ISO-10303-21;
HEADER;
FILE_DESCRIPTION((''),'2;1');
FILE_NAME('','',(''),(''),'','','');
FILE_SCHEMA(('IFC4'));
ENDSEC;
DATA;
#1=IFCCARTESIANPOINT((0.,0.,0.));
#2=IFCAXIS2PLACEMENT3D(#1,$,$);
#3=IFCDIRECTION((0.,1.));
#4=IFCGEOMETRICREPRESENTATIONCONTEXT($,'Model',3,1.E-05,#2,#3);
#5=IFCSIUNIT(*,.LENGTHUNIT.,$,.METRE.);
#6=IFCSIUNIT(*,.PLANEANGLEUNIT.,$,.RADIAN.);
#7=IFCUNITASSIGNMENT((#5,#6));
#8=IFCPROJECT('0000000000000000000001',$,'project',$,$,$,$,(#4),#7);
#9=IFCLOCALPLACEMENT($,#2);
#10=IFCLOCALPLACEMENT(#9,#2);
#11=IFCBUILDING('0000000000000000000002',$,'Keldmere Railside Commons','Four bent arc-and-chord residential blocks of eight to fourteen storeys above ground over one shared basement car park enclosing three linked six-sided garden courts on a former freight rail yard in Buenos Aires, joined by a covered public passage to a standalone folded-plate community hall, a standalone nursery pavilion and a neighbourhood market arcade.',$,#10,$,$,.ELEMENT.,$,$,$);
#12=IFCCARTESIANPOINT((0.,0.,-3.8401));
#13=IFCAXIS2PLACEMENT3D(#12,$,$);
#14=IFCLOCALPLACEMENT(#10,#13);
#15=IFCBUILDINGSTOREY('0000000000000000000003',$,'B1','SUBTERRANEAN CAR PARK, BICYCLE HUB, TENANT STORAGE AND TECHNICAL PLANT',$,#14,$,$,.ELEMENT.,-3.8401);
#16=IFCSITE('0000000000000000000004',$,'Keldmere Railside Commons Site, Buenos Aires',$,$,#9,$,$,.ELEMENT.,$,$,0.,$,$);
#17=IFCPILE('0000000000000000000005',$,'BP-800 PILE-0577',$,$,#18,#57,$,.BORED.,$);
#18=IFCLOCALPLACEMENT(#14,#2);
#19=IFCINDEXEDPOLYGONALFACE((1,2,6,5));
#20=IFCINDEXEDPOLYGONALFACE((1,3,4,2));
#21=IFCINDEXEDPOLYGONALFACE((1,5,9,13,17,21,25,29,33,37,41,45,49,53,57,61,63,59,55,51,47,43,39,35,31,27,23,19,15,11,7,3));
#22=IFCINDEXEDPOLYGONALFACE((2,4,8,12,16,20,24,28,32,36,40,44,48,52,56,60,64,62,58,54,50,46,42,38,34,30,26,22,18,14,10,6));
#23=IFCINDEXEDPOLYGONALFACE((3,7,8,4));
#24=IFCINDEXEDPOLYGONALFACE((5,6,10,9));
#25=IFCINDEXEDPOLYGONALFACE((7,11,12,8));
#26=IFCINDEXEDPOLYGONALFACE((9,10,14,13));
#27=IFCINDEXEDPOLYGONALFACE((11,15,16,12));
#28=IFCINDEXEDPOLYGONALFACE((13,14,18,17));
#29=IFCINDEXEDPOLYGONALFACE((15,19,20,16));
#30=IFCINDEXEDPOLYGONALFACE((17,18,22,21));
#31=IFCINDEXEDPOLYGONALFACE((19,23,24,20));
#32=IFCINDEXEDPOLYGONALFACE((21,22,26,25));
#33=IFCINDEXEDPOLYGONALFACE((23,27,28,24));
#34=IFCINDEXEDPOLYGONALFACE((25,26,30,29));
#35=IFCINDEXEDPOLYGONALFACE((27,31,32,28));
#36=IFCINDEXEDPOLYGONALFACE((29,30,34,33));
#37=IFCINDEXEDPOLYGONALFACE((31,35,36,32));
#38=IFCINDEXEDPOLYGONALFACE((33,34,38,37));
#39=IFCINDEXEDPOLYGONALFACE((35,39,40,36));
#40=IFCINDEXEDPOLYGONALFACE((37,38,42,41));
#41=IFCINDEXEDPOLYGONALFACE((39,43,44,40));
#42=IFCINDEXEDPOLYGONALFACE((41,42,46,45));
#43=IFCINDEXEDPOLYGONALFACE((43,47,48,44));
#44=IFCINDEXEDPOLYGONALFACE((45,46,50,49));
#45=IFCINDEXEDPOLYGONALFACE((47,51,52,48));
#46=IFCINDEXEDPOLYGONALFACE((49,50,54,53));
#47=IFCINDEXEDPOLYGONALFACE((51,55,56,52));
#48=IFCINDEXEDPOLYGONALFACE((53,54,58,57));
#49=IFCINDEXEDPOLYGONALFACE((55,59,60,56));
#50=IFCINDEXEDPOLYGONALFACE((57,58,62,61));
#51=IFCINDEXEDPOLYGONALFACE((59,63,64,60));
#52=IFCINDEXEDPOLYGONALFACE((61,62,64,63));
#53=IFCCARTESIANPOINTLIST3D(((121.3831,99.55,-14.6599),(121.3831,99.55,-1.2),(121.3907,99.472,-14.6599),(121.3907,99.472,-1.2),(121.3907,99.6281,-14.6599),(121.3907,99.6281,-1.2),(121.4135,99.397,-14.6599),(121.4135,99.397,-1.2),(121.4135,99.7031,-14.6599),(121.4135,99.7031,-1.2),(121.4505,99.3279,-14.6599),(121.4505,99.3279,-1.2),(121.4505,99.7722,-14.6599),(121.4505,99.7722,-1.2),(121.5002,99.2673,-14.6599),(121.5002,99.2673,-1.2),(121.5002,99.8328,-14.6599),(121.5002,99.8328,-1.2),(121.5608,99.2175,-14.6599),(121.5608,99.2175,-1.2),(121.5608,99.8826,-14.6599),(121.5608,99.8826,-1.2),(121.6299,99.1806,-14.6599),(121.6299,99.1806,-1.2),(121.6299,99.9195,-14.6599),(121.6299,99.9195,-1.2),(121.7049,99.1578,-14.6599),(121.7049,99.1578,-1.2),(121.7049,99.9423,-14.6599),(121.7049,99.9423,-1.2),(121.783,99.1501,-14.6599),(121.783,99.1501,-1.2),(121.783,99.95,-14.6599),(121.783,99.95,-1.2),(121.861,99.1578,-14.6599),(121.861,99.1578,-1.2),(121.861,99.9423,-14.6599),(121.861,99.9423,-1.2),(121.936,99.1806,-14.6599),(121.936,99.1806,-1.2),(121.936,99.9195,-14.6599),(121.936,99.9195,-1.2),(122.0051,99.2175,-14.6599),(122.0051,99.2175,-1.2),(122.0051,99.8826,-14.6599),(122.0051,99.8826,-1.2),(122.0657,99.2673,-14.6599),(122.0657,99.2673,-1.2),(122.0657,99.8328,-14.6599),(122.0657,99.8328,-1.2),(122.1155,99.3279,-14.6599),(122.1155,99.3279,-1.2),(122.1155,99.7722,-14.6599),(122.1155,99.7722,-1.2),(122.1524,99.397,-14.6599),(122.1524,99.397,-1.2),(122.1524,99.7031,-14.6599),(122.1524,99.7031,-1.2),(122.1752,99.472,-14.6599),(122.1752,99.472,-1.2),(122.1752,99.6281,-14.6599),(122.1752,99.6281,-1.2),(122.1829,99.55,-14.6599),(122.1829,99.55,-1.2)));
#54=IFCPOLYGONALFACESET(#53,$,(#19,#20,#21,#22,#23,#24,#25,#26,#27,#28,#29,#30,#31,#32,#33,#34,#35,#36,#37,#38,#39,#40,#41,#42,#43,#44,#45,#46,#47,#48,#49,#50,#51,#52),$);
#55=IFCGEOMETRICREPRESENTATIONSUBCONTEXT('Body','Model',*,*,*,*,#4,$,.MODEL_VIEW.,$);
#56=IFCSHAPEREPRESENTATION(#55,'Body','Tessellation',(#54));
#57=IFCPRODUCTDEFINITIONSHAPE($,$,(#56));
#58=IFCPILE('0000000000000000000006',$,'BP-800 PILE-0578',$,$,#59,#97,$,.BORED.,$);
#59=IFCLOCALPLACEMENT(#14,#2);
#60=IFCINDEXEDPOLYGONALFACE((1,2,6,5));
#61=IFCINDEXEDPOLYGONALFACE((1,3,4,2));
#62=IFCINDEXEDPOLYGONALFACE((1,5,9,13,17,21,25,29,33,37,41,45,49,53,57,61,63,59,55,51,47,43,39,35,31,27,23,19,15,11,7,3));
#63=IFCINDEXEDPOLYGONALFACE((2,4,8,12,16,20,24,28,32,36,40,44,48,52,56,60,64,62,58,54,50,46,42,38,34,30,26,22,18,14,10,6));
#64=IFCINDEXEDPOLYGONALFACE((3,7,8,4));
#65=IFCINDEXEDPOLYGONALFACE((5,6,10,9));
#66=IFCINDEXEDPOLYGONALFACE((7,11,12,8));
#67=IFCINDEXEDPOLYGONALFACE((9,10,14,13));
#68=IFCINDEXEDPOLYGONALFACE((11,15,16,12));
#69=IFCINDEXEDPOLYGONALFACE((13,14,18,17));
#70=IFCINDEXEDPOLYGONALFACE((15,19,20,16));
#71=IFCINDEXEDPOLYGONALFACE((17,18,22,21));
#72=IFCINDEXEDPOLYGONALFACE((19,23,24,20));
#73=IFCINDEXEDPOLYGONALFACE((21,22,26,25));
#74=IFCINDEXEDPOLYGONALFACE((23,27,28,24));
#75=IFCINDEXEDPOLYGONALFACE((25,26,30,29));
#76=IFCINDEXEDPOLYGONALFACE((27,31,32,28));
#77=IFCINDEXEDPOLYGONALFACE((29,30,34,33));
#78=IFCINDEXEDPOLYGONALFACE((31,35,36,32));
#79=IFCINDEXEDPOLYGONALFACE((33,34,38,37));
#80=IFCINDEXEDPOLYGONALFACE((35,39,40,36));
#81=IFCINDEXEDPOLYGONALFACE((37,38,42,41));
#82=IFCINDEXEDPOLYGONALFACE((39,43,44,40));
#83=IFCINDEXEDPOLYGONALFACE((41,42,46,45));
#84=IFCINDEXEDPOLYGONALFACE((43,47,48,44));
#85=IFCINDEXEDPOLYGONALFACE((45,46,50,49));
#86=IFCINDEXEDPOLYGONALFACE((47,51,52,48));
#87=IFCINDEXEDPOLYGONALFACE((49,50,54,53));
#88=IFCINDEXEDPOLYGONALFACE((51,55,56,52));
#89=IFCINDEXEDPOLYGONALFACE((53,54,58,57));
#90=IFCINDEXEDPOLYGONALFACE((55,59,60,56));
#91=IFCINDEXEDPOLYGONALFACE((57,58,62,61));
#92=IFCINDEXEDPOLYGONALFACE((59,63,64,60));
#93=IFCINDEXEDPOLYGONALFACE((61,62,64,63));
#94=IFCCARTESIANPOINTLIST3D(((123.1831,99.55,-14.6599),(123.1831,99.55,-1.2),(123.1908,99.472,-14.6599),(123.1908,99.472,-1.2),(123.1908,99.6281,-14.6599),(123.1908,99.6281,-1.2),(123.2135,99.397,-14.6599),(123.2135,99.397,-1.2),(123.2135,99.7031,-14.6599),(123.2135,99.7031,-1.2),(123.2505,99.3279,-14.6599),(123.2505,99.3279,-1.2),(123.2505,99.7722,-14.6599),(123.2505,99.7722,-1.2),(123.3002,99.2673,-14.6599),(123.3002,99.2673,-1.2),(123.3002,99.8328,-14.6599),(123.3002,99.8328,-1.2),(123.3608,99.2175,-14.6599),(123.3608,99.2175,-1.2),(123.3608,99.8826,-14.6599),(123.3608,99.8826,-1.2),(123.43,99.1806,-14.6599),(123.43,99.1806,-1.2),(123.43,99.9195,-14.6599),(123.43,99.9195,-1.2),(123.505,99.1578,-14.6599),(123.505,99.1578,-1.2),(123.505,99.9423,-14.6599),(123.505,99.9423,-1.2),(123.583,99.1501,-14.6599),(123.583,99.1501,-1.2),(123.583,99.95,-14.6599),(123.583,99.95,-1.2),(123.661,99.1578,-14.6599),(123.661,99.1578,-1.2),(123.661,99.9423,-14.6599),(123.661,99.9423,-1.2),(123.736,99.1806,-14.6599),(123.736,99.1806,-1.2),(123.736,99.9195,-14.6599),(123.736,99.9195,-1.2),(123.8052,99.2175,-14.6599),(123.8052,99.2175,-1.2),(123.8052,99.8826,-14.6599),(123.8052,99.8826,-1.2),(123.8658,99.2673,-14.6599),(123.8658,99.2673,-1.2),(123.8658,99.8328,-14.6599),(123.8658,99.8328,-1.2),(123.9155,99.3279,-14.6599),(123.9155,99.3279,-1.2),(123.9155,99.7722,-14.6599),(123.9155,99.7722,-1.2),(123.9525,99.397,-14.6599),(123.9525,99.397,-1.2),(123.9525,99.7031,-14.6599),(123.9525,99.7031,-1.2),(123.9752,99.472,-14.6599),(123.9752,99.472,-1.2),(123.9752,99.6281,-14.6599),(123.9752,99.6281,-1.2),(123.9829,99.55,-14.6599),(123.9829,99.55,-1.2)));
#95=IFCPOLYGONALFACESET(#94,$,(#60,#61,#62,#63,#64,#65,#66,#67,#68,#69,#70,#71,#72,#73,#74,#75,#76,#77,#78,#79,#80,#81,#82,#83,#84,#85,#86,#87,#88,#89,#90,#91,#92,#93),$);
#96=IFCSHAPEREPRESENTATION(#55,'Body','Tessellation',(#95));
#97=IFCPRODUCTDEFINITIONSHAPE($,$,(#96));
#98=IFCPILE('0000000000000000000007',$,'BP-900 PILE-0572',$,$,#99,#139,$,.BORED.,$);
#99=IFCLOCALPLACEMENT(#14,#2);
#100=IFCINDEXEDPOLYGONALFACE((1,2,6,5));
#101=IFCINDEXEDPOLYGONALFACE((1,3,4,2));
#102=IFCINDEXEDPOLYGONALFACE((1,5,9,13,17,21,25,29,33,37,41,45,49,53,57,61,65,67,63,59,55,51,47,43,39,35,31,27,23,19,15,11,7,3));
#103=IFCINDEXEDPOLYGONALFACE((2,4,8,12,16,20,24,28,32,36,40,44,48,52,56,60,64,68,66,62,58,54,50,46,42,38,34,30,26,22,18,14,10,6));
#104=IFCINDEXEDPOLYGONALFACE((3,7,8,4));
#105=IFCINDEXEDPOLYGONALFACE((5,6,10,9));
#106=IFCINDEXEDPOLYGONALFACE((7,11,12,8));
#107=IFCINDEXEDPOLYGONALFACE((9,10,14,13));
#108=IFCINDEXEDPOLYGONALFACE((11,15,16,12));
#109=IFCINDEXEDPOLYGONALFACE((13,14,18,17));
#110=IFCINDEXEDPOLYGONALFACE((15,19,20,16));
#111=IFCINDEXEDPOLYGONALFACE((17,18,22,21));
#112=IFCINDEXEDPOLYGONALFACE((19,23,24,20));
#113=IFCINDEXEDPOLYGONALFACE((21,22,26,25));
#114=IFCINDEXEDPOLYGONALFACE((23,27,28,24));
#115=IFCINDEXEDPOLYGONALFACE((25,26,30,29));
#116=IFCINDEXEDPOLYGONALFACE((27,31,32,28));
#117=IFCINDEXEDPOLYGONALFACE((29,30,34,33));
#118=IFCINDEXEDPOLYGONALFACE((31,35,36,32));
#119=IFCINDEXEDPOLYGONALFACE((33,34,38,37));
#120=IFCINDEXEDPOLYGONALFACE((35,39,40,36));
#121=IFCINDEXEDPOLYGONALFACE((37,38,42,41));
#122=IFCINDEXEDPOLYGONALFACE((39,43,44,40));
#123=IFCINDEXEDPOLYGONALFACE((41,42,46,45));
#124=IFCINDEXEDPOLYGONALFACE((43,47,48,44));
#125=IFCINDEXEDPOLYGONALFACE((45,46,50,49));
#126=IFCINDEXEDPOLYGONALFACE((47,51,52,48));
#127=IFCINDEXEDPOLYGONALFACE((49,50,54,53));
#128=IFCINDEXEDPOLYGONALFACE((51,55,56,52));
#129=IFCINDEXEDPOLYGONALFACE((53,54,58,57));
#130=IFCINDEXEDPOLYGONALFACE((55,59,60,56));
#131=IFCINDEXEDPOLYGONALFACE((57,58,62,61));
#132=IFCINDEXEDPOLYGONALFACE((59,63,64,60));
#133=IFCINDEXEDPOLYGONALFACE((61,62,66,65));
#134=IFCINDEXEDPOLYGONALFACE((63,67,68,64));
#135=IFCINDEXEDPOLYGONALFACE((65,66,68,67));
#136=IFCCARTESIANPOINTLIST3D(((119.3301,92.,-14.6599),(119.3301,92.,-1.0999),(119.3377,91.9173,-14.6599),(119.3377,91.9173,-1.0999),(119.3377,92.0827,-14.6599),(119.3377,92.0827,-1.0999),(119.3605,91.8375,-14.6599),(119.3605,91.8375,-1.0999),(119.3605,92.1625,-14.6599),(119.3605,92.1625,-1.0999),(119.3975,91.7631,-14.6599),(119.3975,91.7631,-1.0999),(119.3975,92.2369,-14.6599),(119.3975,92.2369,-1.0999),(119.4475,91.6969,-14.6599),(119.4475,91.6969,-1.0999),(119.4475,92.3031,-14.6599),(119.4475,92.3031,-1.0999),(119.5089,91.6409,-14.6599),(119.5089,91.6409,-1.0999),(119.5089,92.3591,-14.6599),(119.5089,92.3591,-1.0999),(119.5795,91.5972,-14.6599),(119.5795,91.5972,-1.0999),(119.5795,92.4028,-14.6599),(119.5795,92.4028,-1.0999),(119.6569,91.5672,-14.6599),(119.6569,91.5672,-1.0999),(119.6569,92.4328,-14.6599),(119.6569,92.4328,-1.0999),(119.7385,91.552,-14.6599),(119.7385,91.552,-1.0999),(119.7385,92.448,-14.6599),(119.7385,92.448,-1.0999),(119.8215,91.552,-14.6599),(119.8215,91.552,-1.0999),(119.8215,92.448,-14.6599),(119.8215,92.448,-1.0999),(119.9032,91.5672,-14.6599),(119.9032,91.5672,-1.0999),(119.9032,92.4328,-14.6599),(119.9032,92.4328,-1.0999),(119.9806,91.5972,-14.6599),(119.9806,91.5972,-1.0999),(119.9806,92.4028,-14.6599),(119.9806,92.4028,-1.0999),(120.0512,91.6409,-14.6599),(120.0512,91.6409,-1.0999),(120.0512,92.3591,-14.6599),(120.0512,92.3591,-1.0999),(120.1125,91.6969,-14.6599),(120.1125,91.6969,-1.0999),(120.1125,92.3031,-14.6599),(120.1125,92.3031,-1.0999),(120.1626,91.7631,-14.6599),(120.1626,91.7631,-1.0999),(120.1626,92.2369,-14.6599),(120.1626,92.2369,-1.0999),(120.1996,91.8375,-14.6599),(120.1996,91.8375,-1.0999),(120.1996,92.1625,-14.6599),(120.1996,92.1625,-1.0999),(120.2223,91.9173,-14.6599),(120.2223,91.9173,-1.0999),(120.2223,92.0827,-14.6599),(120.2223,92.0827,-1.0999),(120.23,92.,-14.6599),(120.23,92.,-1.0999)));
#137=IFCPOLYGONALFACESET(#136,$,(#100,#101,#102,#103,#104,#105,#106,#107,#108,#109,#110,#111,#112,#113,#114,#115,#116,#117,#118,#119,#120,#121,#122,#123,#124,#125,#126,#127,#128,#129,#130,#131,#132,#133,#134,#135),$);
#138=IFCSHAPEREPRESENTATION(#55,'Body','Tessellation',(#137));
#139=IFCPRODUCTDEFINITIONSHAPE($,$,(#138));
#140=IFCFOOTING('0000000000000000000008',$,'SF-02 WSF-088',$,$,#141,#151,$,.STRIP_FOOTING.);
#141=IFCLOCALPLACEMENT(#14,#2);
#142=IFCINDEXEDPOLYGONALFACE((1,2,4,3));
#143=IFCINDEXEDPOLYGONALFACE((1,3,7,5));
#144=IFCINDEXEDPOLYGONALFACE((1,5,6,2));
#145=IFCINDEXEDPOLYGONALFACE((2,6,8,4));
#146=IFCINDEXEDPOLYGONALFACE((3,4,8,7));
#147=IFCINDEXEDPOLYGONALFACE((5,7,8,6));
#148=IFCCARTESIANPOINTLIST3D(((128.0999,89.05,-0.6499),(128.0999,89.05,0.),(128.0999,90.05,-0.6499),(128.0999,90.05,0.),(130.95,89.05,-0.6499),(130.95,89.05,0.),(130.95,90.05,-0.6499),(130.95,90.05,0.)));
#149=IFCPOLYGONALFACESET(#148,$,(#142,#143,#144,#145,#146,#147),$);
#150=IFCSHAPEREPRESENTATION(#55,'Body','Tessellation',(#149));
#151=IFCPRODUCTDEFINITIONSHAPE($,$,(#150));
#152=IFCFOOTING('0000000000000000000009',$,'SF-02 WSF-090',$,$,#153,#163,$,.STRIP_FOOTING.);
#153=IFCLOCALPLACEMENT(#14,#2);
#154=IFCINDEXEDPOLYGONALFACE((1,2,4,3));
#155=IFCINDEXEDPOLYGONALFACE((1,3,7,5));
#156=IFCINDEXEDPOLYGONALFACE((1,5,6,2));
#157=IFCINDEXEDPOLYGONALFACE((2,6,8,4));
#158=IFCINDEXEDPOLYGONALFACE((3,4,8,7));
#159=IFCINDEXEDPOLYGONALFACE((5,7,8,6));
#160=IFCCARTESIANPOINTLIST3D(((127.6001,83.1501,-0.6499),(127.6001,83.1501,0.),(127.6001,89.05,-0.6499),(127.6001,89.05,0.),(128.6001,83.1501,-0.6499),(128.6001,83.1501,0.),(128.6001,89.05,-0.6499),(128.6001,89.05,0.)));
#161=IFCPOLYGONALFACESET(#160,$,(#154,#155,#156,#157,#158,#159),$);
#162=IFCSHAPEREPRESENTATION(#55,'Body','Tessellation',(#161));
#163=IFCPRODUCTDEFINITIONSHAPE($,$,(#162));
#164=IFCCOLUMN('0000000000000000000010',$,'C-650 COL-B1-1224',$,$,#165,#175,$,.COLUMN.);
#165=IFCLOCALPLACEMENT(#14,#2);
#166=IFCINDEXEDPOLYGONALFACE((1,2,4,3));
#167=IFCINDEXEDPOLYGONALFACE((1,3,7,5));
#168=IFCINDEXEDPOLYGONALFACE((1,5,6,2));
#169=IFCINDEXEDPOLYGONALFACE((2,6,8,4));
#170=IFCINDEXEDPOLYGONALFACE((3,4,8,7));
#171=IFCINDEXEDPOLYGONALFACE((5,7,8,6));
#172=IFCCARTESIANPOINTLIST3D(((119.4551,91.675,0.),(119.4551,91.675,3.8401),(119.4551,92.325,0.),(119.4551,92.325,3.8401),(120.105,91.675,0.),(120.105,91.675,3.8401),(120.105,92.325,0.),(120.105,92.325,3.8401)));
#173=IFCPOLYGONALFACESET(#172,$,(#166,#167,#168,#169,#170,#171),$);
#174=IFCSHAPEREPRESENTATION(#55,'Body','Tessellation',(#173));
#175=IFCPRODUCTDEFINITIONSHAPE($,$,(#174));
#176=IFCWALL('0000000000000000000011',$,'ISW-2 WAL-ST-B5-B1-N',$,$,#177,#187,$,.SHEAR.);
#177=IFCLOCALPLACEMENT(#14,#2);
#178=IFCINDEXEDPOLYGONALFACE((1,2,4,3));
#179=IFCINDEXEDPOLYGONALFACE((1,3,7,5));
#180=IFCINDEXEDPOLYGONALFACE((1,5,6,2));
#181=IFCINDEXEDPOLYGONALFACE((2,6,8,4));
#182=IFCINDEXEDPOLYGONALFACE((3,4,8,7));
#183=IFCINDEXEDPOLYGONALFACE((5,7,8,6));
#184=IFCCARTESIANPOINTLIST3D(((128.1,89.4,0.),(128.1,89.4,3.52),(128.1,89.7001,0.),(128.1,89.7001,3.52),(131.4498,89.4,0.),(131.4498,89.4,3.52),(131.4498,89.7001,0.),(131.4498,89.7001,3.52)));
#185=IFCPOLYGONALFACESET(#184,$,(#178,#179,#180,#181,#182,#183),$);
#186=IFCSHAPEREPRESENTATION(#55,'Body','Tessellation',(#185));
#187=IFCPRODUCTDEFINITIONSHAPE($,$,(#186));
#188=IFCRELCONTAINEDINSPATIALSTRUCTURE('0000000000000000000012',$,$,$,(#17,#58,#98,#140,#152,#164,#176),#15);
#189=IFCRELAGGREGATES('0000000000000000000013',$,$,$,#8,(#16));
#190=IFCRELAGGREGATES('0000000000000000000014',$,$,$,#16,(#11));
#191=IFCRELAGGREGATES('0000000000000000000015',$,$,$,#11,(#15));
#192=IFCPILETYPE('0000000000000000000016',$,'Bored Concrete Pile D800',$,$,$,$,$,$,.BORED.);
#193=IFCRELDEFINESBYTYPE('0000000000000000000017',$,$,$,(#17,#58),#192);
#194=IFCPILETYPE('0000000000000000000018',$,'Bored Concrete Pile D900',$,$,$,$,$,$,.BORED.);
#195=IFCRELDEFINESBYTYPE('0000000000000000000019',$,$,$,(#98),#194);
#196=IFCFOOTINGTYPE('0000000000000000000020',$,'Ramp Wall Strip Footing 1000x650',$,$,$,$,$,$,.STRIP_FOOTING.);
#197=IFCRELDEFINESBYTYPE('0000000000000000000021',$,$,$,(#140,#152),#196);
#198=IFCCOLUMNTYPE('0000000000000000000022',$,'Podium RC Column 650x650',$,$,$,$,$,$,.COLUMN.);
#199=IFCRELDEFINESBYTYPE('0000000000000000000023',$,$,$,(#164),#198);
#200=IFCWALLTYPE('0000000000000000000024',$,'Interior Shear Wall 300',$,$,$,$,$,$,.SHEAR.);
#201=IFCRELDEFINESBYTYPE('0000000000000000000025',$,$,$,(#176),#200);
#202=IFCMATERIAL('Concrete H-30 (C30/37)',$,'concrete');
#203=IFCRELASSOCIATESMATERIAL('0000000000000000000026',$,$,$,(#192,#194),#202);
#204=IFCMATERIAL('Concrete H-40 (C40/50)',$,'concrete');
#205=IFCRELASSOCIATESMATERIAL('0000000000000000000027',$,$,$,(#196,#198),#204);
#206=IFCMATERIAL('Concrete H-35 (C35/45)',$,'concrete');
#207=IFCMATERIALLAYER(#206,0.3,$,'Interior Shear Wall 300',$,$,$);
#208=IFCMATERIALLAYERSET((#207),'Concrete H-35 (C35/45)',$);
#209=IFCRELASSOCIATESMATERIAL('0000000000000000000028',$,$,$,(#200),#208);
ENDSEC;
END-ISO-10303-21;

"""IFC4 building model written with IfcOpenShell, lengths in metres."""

from ifc_helpers import new_model, si_unit, direction, frame, frame_2d, origin, origin_2d, place, context, subcontext, project, spatial, rectangle, circle, extrude, material, layer, layer_set, material_profile, profile_set, type_object, element, save


model = new_model("IFC4")

# Units and contexts
model_context = context("Model", 3, precision=1e-05, world=origin(), true_north=direction((0.0, 1.0)))
body_context = subcontext(model_context, "Body", "Model", "MODEL_VIEW")
ifc_project = project(units=[si_unit("LENGTHUNIT", "METRE"), si_unit("PLANEANGLEUNIT", "RADIAN")], contexts=[model_context])

# Site, building, storey
site_placement = place(None, origin())
site = spatial("IfcSite", under=ifc_project, at=site_placement, Name="Keldmere Railside Commons Site, Buenos Aires", CompositionType="ELEMENT", RefElevation=0.0)
building_placement = place(site_placement, origin())
building = spatial("IfcBuilding", under=site, at=building_placement, Name="Keldmere Railside Commons", Description="Four bent arc-and-chord residential blocks of eight to fourteen storeys above ground over one shared basement car park enclosing three linked six-sided garden courts on a former freight rail yard in Buenos Aires, joined by a covered public passage to a standalone folded-plate community hall, a standalone nursery pavilion and a neighbourhood market arcade.", CompositionType="ELEMENT")
storey_placement = place(building_placement, frame((0.0, 0.0, -3.8401)))
storey = spatial("IfcBuildingStorey", under=building, at=storey_placement, Name="B1", Description="SUBTERRANEAN CAR PARK, BICYCLE HUB, TENANT STORAGE AND TECHNICAL PLANT", CompositionType="ELEMENT", Elevation=-3.8401)

# Piles
ifc_material_1 = material(Name="Concrete H-30 (C30/37)", Category="concrete")
ifc_material_profile_1 = material_profile(ifc_material_1, circle(Radius=0.3999, at=origin_2d()), Name="PILE-D800")
ifc_profile_set_1 = profile_set([ifc_material_profile_1], Name="Concrete H-30 (C30/37)")
pile_type_1 = type_object("IfcPileType", Name="Bored Concrete Pile D800", PredefinedType="BORED", material=ifc_profile_set_1)
for number, where, z_axis, x_axis, name in (
    (1, (121.783, 99.55, -1.2), (0.0, 0.0, -1.0), (1.0, 0.0, 0.0), "BP-800 PILE-0577"),
    (2, (123.583, 99.55, -1.2), (0.0, 0.0, -1.0), (1.0, 0.0, 0.0), "BP-800 PILE-0578"),
):
    element("IfcPile", number, at=place(storey_placement, frame(where, z_axis=z_axis, x_axis=x_axis)), inside=storey, type_object=pile_type_1, Name=name, PredefinedType="BORED", context=body_context, shape_type="SweptSolid", body=[
        extrude(circle(Radius=0.3999, at=origin_2d()), origin(), (0.0, 0.0, 1.0), 13.46),
    ])
ifc_material_profile_2 = material_profile(ifc_material_1, circle(Radius=0.45, at=origin_2d()), Name="PILE-D900")
ifc_profile_set_2 = profile_set([ifc_material_profile_2], Name="Concrete H-30 (C30/37)")
pile_type_2 = type_object("IfcPileType", Name="Bored Concrete Pile D900", PredefinedType="BORED", material=ifc_profile_set_2)
pile_placement = place(storey_placement, frame((119.78, 92.0, -1.0999), z_axis=(0.0, 0.0, -1.0), x_axis=(1.0, 0.0, 0.0)))
element("IfcPile", 3, at=pile_placement, inside=storey, type_object=pile_type_2, Name="BP-900 PILE-0572", PredefinedType="BORED", context=body_context, shape_type="SweptSolid", body=[
    extrude(circle(Radius=0.45, at=origin_2d()), origin(), (0.0, 0.0, 1.0), 13.5601),
])

# Footings
ifc_material_2 = material(Name="Concrete H-40 (C40/50)", Category="concrete")
footing_type = type_object("IfcFootingType", Name="Ramp Wall Strip Footing 1000x650", PredefinedType="STRIP_FOOTING", material=ifc_material_2)
footing_1_placement = place(storey_placement, frame((129.5249, 89.55, -0.6499), z_axis=(0.0, 0.0, 1.0), x_axis=(1.0, 0.0, 0.0)))
element("IfcFooting", 4, at=footing_1_placement, inside=storey, type_object=footing_type, Name="SF-02 WSF-088", PredefinedType="STRIP_FOOTING", context=body_context, shape_type="SweptSolid", body=[
    extrude(rectangle(XDim=2.8501, YDim=1.0, at=origin_2d()), origin(), (0.0, 0.0, 1.0), 0.6499),
])
footing_2_placement = place(storey_placement, frame((128.1001, 86.1001, -0.6499), z_axis=(0.0, 0.0, 1.0), x_axis=(0.0, 1.0, 0.0)))
element("IfcFooting", 5, at=footing_2_placement, inside=storey, type_object=footing_type, Name="SF-02 WSF-090", PredefinedType="STRIP_FOOTING", context=body_context, shape_type="SweptSolid", body=[
    extrude(rectangle(XDim=5.8999, YDim=1.0, at=origin_2d()), origin(), (0.0, 0.0, 1.0), 0.6499),
])

# Column
ifc_material_profile_3 = material_profile(ifc_material_2, rectangle(XDim=0.6499, YDim=0.6499, at=origin_2d()), Name="RC-650x650")
ifc_profile_set_3 = profile_set([ifc_material_profile_3], Name="Concrete H-40 (C40/50)")
column_type = type_object("IfcColumnType", Name="Podium RC Column 650x650", PredefinedType="COLUMN", material=ifc_profile_set_3)
column_placement = place(storey_placement, frame((119.78, 92.0, 0.0), z_axis=(0.0, 0.0, 1.0), x_axis=(1.0, 0.0, 0.0)))
element("IfcColumn", 6, at=column_placement, inside=storey, type_object=column_type, Name="C-650 COL-B1-1224", PredefinedType="COLUMN", context=body_context, shape_type="SweptSolid", body=[
    extrude(rectangle(XDim=0.6499, YDim=0.6499, at=origin_2d()), origin(), (0.0, 0.0, 1.0), 3.8401),
])

# Wall
ifc_material_3 = material(Name="Concrete H-35 (C35/45)", Category="concrete")
ifc_layer_1 = layer(ifc_material_3, 0.3, Name="Interior Shear Wall 300")
ifc_layer_set_1 = layer_set([ifc_layer_1], Name="Concrete H-35 (C35/45)")
wall_type_1 = type_object("IfcWallType", Name="Interior Shear Wall 300", PredefinedType="SHEAR", material=ifc_layer_set_1)
wall_1_placement = place(storey_placement, frame((128.1001, 89.55, 0.0), z_axis=(0.0, 0.0, 1.0), x_axis=(1.0, 0.0, 0.0)))
element("IfcWall", 7, at=wall_1_placement, inside=storey, type_object=wall_type_1, Name="ISW-2 WAL-ST-B5-B1-N", PredefinedType="SHEAR", context=body_context, shape_type="SweptSolid", body=[
    extrude(rectangle(XDim=3.3499, YDim=0.3, at=frame_2d((1.6748, 0.0))), origin(), (0.0, 0.0, 1.0), 3.52),
])

save(model, "model.ifc")
